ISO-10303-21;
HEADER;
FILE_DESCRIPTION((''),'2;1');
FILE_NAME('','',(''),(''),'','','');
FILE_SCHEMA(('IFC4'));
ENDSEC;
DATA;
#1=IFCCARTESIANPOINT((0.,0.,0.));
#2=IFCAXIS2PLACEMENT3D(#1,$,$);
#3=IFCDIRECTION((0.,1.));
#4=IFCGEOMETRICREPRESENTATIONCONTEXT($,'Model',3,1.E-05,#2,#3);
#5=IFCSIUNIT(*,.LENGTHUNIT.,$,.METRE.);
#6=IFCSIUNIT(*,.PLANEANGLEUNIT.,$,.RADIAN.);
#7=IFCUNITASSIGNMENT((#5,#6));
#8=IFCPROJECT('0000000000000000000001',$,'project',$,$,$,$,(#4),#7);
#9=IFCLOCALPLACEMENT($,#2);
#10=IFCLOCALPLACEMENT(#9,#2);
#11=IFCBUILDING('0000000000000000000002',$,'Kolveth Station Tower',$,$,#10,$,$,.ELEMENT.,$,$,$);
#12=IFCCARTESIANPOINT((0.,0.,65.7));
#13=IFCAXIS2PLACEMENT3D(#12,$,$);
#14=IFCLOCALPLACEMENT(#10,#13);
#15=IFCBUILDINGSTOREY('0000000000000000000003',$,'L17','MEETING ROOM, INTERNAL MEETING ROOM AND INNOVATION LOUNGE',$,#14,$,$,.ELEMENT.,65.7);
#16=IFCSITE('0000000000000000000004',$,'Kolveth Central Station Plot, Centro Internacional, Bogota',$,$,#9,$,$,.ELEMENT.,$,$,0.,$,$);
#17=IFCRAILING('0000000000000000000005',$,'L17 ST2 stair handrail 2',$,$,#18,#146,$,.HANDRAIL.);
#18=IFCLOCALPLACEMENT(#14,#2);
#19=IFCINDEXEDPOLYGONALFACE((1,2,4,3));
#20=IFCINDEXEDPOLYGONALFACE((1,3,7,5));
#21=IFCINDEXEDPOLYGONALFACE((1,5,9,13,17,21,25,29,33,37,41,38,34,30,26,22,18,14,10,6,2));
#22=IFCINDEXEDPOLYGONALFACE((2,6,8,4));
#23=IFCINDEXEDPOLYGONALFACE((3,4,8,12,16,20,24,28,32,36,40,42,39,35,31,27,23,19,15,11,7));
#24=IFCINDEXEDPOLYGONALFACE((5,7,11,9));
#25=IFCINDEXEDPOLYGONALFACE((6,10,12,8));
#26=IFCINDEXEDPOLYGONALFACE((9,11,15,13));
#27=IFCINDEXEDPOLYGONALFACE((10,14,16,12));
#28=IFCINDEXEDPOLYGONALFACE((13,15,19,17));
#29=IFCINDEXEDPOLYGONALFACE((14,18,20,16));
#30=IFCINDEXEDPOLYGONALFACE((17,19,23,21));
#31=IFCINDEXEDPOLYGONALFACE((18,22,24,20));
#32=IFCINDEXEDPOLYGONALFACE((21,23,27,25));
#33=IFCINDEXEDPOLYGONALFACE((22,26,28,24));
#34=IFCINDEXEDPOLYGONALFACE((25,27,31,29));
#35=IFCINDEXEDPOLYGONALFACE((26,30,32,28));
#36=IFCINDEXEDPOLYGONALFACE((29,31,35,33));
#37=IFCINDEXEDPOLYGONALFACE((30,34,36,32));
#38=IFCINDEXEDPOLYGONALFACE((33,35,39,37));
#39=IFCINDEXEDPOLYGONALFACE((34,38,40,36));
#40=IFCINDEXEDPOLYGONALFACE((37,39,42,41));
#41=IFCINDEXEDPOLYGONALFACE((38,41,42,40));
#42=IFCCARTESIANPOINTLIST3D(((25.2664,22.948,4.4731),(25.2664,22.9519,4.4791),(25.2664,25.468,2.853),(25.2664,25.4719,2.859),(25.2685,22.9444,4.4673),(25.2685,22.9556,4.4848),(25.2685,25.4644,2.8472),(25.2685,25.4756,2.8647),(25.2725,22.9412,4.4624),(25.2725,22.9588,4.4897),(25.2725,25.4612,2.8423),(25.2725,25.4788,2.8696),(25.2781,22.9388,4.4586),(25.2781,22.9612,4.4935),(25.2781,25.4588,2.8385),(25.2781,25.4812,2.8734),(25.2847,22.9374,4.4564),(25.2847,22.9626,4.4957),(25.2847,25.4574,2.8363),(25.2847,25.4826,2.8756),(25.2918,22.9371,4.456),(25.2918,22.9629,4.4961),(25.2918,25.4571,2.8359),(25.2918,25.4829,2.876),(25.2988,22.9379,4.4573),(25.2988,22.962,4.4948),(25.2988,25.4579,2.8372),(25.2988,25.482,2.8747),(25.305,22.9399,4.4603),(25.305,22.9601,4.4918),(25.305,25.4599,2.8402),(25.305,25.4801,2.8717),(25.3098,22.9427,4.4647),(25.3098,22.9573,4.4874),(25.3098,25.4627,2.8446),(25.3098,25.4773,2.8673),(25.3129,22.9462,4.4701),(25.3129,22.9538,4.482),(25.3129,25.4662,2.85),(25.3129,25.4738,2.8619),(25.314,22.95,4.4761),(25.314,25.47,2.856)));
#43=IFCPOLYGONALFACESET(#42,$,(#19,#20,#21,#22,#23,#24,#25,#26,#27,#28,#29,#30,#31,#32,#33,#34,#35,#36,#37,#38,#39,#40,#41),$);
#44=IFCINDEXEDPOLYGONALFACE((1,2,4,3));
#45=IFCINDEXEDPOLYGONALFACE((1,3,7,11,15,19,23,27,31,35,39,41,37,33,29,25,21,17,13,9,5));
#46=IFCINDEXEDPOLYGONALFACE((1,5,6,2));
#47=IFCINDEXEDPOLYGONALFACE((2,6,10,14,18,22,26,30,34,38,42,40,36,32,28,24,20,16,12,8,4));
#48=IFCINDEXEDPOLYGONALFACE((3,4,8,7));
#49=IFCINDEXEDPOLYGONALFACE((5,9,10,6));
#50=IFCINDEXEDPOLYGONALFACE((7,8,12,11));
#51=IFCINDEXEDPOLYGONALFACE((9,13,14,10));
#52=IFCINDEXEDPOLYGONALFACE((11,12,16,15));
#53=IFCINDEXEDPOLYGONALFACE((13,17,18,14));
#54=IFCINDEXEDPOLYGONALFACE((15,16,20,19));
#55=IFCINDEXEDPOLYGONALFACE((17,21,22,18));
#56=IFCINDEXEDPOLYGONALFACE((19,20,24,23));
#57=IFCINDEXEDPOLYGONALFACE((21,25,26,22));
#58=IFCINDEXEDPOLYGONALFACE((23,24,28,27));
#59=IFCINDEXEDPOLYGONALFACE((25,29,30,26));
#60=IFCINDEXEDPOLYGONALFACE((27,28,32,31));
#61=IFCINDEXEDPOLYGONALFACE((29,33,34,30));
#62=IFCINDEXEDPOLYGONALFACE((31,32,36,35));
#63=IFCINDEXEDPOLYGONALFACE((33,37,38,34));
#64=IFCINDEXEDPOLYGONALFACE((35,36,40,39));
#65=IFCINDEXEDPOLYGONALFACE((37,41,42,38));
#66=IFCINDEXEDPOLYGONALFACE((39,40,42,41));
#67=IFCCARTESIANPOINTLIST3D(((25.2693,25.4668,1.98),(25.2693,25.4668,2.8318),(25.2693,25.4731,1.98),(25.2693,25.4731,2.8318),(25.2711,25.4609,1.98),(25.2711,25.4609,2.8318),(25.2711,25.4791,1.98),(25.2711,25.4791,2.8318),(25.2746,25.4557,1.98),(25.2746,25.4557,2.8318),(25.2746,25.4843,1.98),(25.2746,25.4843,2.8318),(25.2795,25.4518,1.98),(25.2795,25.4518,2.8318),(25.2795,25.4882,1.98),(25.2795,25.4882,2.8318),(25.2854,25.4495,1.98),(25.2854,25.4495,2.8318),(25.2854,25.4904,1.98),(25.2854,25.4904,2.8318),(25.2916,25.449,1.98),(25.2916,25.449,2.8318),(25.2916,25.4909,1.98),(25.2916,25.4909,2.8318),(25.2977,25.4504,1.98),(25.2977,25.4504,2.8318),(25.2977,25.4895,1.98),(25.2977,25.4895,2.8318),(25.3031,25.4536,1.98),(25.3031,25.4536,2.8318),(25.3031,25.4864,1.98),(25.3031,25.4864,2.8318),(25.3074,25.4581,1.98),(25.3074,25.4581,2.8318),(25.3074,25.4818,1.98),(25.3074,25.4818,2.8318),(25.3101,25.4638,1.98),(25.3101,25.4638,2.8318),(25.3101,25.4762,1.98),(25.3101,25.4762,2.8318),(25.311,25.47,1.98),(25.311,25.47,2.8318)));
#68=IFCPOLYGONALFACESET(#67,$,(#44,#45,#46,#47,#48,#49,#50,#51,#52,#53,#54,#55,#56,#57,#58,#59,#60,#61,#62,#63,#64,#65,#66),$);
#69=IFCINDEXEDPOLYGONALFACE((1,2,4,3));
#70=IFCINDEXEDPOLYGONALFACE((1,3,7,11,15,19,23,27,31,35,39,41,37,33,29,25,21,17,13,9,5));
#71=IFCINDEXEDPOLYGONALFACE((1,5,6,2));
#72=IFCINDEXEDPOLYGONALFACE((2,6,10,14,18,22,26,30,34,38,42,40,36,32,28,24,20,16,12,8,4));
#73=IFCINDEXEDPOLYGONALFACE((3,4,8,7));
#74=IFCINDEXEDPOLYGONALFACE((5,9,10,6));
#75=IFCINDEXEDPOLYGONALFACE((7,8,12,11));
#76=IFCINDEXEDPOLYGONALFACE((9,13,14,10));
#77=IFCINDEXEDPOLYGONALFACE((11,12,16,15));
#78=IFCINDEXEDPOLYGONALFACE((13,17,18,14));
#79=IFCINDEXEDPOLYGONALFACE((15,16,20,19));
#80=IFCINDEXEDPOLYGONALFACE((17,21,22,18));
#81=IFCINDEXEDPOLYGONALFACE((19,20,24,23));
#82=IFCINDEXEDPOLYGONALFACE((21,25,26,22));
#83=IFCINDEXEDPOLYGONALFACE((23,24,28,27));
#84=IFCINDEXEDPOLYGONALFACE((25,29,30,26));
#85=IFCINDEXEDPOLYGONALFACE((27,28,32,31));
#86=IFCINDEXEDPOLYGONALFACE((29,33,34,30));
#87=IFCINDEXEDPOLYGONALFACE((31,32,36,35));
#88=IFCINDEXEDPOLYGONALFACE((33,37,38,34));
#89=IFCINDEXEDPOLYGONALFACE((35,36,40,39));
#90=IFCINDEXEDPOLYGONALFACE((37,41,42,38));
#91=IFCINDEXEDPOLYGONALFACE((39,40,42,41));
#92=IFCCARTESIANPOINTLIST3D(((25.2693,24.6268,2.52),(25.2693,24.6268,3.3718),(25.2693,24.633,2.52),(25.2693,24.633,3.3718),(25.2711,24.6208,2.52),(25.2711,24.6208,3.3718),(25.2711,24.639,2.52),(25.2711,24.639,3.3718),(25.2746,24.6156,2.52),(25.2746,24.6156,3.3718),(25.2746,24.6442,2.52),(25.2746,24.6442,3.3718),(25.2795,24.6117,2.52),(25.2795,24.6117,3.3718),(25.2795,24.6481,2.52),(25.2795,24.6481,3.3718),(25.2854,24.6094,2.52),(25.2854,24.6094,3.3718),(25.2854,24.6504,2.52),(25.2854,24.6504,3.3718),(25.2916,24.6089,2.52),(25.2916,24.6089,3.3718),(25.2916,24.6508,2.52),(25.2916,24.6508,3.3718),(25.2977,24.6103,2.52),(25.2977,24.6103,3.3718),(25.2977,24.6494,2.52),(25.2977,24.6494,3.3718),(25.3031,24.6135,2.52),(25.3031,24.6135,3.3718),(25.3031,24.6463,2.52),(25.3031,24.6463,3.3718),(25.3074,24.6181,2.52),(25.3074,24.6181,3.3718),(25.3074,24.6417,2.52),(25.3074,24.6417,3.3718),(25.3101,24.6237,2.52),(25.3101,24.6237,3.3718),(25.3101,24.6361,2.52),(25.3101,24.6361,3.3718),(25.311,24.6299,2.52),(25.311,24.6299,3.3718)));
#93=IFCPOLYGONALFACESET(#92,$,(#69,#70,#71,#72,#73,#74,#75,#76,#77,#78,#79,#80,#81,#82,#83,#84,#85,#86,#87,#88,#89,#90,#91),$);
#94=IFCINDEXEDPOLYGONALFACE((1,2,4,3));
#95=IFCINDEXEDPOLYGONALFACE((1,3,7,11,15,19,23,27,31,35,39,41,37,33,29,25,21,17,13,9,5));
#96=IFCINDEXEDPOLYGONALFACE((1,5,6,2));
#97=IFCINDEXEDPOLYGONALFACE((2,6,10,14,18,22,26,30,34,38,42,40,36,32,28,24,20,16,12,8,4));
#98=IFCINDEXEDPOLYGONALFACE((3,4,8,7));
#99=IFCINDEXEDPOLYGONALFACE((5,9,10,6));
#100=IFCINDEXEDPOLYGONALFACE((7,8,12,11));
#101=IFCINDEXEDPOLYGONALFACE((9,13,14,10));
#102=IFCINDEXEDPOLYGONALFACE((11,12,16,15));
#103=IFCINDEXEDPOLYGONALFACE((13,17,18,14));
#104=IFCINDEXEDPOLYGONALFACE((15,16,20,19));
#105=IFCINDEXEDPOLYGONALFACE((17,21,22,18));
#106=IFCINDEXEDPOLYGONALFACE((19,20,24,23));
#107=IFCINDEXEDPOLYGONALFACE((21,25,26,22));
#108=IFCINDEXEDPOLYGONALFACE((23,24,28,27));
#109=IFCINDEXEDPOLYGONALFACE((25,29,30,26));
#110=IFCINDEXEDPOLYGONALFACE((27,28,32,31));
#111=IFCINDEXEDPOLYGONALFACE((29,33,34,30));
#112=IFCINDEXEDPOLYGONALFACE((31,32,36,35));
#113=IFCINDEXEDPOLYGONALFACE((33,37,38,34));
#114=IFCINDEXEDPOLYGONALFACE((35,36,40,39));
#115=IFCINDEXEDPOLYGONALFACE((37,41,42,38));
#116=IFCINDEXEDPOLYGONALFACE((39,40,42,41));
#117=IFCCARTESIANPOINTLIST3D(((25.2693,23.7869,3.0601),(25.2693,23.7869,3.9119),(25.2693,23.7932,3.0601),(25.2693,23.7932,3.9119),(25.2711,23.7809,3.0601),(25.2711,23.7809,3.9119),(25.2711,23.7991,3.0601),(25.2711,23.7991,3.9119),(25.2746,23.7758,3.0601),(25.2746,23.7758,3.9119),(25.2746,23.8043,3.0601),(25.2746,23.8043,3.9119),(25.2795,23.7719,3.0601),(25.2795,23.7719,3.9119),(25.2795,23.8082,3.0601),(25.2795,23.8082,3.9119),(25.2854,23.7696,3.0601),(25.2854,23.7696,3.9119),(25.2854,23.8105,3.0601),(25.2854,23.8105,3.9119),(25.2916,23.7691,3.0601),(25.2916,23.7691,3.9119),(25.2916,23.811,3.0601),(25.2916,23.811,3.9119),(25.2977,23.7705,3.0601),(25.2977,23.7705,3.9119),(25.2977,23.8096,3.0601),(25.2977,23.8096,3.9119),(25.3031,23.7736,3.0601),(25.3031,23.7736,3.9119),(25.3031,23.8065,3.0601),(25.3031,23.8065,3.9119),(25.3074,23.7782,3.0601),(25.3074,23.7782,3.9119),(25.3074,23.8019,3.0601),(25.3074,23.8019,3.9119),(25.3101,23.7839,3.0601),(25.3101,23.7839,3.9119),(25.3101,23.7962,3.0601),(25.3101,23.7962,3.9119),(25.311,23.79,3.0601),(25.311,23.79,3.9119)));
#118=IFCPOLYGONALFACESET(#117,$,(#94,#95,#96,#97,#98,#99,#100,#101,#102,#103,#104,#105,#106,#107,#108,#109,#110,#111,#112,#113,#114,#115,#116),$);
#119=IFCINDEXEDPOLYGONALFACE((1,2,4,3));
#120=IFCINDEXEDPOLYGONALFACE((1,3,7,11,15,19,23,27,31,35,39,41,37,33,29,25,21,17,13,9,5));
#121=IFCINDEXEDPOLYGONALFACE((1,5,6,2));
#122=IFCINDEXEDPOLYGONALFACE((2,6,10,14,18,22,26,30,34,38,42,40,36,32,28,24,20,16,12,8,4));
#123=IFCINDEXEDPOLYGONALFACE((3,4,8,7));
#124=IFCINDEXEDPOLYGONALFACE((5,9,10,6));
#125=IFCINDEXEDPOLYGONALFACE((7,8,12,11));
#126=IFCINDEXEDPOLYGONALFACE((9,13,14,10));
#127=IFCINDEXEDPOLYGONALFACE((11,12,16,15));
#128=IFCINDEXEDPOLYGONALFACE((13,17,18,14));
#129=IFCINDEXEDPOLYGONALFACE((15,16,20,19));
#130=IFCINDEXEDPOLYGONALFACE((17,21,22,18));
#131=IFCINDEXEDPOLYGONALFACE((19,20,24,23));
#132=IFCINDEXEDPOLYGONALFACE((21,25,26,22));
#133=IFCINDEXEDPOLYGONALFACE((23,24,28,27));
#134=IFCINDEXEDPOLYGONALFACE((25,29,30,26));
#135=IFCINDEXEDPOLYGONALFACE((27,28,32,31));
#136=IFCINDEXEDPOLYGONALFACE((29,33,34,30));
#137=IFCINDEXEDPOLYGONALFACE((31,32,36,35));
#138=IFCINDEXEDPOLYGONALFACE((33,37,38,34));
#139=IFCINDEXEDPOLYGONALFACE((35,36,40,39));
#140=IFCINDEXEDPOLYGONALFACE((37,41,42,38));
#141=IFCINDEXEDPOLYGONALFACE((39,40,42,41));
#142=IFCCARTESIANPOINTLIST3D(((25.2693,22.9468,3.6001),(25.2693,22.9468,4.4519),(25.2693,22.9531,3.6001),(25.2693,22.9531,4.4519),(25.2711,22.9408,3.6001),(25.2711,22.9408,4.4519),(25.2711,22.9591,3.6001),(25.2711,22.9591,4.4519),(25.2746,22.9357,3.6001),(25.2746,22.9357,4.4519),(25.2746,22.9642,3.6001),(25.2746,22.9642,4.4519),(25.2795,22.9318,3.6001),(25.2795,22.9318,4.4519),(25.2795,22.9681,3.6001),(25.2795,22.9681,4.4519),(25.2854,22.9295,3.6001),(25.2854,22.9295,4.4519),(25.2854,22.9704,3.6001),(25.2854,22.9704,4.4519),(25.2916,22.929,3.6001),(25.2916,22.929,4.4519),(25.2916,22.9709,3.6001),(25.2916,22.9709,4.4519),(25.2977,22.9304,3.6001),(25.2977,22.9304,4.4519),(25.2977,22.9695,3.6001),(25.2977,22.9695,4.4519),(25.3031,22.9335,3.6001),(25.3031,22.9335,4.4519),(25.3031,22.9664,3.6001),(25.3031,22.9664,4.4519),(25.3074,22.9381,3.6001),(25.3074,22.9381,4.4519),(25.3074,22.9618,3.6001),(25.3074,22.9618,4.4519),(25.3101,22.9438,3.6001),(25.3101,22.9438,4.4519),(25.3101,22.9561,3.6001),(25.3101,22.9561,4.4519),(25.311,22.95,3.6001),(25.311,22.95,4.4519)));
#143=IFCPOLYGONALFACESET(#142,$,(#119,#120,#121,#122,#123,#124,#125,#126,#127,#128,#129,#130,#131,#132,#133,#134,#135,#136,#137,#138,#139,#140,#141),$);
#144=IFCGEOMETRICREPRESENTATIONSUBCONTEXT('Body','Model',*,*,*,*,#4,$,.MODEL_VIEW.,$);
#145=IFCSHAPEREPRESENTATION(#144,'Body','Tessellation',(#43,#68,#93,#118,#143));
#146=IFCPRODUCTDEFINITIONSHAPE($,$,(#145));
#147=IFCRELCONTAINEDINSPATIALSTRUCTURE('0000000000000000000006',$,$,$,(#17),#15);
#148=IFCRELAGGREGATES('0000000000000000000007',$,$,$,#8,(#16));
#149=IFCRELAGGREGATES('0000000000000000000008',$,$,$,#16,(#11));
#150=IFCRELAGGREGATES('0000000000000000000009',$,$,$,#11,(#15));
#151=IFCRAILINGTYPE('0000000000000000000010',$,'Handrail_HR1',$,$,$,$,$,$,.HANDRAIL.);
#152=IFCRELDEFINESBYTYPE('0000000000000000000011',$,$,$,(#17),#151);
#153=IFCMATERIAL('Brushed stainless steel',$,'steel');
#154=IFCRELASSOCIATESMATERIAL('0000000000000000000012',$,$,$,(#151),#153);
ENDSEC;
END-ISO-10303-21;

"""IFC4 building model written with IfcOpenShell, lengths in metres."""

from ifc_helpers import new_model, si_unit, direction, frame, origin, origin_2d, place, context, subcontext, project, spatial, circle, extrude, material, type_object, element, save


model = new_model("IFC4")

# Units and contexts
model_context = context("Model", 3, precision=1e-05, world=origin(), true_north=direction((0.0, 1.0)))
body_context = subcontext(model_context, "Body", "Model", "MODEL_VIEW")
ifc_project = project(units=[si_unit("LENGTHUNIT", "METRE"), si_unit("PLANEANGLEUNIT", "RADIAN")], contexts=[model_context])

# Site, building, storey
site_placement = place(None, origin())
site = spatial("IfcSite", under=ifc_project, at=site_placement, Name="Kolveth Central Station Plot, Centro Internacional, Bogota", CompositionType="ELEMENT", RefElevation=0.0)
building_placement = place(site_placement, origin())
building = spatial("IfcBuilding", under=site, at=building_placement, Name="Kolveth Station Tower", CompositionType="ELEMENT")
storey_placement = place(building_placement, frame((0.0, 0.0, 65.7)))
storey = spatial("IfcBuildingStorey", under=building, at=storey_placement, Name="L17", Description="MEETING ROOM, INTERNAL MEETING ROOM AND INNOVATION LOUNGE", CompositionType="ELEMENT", Elevation=65.7)

# Railing
ifc_material_1 = material(Name="Brushed stainless steel", Category="steel")
railing_type_1 = type_object("IfcRailingType", Name="Handrail_HR1", PredefinedType="HANDRAIL", material=ifc_material_1)
railing_1_placement = place(storey_placement, frame((25.29, 25.47, 1.98)))
element("IfcRailing", 1, at=railing_1_placement, inside=storey, type_object=railing_type_1, Name="L17 ST2 stair handrail 2", PredefinedType="HANDRAIL", context=body_context, shape_type="SweptSolid", body=[
    extrude(circle(Radius=0.0239, at=origin_2d()), frame((0.0, 0.0, 0.876), z_axis=(0.0, -0.841163, 0.540782), x_axis=(1.0, 0.0, 0.0)), (0.0, 0.0, 1.0), 2.9958),
    extrude(circle(Radius=0.021, at=origin_2d()), origin(), (0.0, 0.0, 1.0), 0.8518),
    extrude(circle(Radius=0.021, at=origin_2d()), frame((0.0, -0.8401, 0.54)), (0.0, 0.0, 1.0), 0.8518),
    extrude(circle(Radius=0.021, at=origin_2d()), frame((0.0, -1.6799, 1.0801)), (0.0, 0.0, 1.0), 0.8518),
    extrude(circle(Radius=0.021, at=origin_2d()), frame((0.0, -2.52, 1.6201)), (0.0, 0.0, 1.0), 0.8518),
])

save(model, "model.ifc")
